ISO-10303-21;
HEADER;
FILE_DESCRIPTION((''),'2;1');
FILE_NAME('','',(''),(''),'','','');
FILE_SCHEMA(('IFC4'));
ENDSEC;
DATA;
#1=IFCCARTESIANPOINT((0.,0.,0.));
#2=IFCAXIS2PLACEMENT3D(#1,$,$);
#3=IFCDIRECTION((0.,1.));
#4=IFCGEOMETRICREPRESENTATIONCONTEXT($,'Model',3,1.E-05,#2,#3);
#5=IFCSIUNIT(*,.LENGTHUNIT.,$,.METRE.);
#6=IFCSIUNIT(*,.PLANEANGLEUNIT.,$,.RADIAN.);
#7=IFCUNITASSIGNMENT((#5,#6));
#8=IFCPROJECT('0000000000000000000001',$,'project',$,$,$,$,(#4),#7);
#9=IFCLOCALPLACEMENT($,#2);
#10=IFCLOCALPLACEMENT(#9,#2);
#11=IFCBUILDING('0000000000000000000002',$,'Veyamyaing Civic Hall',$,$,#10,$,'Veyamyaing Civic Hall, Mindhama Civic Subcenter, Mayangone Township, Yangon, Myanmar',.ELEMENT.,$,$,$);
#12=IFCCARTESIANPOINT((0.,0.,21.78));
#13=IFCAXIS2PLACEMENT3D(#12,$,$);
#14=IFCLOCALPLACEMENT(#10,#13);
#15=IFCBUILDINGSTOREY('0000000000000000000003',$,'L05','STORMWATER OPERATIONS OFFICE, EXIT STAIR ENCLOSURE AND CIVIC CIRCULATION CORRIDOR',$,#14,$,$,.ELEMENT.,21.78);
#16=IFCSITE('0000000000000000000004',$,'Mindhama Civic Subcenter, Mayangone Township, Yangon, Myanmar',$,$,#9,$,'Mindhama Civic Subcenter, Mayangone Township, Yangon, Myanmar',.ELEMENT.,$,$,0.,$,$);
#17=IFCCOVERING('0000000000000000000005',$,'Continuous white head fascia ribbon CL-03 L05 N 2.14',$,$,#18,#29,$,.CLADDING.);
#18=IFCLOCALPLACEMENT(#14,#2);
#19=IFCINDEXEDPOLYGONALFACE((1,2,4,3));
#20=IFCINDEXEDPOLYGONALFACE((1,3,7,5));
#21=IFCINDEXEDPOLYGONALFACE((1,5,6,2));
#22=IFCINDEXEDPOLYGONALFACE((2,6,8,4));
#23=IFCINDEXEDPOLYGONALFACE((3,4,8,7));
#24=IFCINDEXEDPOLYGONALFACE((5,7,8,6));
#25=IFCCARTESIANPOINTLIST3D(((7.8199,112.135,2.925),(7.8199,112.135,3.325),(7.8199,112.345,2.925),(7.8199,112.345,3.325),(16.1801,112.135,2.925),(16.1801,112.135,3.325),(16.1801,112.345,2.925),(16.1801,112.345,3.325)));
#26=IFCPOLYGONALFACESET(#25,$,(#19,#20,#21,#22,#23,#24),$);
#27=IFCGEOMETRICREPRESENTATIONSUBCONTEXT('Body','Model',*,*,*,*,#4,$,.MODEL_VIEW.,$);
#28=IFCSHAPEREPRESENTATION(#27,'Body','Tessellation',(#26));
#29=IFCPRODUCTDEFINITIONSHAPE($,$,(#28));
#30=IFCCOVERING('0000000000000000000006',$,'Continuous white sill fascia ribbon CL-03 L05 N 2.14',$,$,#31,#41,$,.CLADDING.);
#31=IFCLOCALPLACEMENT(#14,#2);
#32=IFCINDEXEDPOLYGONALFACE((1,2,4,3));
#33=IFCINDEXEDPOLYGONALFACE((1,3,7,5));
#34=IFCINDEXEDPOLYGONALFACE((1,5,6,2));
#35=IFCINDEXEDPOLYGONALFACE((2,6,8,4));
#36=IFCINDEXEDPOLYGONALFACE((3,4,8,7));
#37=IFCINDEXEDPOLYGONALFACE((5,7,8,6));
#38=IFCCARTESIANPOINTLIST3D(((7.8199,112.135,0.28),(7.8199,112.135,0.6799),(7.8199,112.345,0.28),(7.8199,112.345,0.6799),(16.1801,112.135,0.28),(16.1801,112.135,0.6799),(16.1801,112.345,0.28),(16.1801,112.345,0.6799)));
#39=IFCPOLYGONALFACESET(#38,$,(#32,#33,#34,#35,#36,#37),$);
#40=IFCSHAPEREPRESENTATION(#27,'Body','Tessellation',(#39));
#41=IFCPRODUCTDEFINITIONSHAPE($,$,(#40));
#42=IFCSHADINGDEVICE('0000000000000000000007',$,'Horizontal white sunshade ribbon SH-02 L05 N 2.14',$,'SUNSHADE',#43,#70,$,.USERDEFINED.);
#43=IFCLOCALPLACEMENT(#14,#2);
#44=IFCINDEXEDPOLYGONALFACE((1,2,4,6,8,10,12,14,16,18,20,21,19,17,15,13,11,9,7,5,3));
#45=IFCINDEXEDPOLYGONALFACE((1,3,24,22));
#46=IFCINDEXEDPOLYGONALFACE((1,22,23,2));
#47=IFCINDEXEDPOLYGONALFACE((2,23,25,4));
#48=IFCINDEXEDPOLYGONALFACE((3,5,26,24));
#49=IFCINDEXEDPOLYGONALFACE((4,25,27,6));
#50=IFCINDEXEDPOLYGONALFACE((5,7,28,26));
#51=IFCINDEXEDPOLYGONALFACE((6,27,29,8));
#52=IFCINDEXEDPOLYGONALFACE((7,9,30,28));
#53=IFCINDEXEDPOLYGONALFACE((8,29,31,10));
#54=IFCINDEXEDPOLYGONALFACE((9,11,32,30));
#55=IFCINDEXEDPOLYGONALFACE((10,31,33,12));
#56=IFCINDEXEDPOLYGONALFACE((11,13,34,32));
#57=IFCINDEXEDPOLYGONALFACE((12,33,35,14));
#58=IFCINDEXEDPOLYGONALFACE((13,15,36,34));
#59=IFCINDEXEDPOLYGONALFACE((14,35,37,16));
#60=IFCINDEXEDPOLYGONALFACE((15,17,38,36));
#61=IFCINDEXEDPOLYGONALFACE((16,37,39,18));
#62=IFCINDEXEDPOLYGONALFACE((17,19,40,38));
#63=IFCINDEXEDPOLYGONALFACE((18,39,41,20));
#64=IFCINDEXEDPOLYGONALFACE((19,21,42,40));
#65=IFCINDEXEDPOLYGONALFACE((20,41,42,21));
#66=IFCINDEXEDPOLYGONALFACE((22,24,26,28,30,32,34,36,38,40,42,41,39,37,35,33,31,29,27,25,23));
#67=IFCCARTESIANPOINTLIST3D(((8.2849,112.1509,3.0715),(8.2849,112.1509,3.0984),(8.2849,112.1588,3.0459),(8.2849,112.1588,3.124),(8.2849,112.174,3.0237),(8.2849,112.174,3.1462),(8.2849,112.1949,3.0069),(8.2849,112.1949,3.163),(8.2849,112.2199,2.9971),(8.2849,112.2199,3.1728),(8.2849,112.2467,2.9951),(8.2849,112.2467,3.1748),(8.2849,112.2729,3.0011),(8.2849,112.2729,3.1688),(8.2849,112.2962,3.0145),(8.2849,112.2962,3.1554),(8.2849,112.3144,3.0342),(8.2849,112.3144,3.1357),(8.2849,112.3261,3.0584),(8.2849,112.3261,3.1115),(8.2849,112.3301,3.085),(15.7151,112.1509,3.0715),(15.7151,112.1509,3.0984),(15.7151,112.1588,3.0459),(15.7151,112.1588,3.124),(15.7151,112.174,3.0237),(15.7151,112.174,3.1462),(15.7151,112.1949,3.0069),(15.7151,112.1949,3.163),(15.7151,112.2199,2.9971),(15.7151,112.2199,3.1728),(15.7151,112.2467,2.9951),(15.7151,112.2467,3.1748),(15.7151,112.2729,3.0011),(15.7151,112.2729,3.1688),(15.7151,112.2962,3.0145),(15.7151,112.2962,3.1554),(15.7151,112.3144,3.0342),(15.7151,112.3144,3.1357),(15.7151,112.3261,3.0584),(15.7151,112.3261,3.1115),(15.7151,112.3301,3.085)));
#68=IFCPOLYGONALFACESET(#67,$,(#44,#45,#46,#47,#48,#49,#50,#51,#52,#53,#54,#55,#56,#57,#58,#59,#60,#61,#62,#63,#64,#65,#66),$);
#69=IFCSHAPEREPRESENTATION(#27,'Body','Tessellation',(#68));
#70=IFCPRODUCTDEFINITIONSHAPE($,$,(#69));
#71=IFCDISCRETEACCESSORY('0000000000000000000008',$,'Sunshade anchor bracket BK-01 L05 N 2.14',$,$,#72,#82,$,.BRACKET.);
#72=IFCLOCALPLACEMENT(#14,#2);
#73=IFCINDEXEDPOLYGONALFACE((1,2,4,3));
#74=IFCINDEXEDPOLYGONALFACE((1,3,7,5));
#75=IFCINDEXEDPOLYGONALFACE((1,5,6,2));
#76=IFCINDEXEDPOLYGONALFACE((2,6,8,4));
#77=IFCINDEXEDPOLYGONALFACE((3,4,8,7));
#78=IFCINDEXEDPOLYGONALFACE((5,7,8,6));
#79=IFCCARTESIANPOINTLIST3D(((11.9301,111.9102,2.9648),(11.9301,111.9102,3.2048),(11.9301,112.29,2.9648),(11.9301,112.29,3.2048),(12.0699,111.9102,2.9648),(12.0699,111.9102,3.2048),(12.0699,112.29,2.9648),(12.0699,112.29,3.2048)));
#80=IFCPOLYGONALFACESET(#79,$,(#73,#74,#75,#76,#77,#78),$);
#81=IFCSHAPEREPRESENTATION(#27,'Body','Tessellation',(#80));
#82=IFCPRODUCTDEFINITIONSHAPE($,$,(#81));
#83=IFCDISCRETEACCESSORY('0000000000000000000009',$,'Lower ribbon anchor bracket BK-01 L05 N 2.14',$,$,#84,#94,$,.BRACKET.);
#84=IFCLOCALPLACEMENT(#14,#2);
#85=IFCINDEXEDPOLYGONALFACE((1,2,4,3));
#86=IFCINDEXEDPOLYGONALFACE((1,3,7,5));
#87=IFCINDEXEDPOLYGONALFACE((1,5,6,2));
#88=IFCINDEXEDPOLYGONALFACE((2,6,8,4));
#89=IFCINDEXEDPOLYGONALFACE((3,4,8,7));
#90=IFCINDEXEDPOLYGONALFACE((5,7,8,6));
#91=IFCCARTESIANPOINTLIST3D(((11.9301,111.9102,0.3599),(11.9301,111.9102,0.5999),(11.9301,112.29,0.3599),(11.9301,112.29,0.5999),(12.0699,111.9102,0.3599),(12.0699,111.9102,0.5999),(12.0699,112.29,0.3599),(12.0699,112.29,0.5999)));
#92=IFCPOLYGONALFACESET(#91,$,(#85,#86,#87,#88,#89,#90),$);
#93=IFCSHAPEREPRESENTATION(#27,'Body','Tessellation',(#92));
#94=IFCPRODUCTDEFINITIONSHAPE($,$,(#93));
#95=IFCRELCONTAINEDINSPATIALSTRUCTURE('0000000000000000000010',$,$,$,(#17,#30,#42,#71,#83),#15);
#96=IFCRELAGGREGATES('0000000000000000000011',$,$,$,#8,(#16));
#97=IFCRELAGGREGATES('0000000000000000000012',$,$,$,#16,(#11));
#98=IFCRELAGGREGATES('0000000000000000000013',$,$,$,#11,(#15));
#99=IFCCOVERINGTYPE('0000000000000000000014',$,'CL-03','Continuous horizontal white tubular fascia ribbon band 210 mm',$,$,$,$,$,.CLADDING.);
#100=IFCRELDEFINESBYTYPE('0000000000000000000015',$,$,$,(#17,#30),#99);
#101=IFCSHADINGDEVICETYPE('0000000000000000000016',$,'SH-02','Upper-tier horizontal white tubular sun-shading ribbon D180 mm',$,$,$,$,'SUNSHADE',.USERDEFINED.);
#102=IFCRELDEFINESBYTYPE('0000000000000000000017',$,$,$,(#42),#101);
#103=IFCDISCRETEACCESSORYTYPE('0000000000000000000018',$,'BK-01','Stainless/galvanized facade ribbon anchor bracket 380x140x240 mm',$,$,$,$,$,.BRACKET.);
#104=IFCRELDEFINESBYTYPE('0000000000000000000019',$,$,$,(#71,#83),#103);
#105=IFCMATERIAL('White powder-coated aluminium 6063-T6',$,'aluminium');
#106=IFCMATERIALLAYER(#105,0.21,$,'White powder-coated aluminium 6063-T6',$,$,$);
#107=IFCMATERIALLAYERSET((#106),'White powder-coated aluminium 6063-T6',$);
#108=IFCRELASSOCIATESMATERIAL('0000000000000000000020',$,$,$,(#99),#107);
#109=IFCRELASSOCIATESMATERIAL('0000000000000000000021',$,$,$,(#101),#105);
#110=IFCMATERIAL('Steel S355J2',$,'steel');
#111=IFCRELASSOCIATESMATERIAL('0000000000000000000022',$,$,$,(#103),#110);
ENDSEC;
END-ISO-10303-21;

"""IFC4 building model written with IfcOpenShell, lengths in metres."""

from ifc_helpers import new_model, si_unit, direction, frame, origin, origin_2d, place, context, subcontext, project, spatial, rectangle, circle, extrude, material, layer, layer_set, material_profile, profile_set, type_object, element, save


model = new_model("IFC4")

# Units and contexts
model_context = context("Model", 3, precision=1e-05, world=origin(), true_north=direction((0.0, 1.0)))
body_context = subcontext(model_context, "Body", "Model", "MODEL_VIEW")
ifc_project = project(units=[si_unit("LENGTHUNIT", "METRE"), si_unit("PLANEANGLEUNIT", "RADIAN")], contexts=[model_context])

# Site, building, storey
site_placement = place(None, origin())
site = spatial("IfcSite", under=ifc_project, at=site_placement, Name="Mindhama Civic Subcenter, Mayangone Township, Yangon, Myanmar", LongName="Mindhama Civic Subcenter, Mayangone Township, Yangon, Myanmar", CompositionType="ELEMENT", RefElevation=0.0)
building_placement = place(site_placement, origin())
building = spatial("IfcBuilding", under=site, at=building_placement, Name="Veyamyaing Civic Hall", LongName="Veyamyaing Civic Hall, Mindhama Civic Subcenter, Mayangone Township, Yangon, Myanmar", CompositionType="ELEMENT")
storey_placement = place(building_placement, frame((0.0, 0.0, 21.78)))
storey = spatial("IfcBuildingStorey", under=building, at=storey_placement, Name="L05", Description="STORMWATER OPERATIONS OFFICE, EXIT STAIR ENCLOSURE AND CIVIC CIRCULATION CORRIDOR", CompositionType="ELEMENT", Elevation=21.78)

# Shared definitions
ifc_material_1 = material(Name="Steel S355J2", Category="steel")

# Coverings
ifc_material_2 = material(Name="White powder-coated aluminium 6063-T6", Category="aluminium")
ifc_layer_1 = layer(ifc_material_2, 0.21, Name="White powder-coated aluminium 6063-T6")
ifc_layer_set_1 = layer_set([ifc_layer_1], Name="White powder-coated aluminium 6063-T6")
covering_type_1 = type_object("IfcCoveringType", Name="CL-03", Description="Continuous horizontal white tubular fascia ribbon band 210 mm", PredefinedType="CLADDING", material=ifc_layer_set_1)
for number, where, z_axis, x_axis, name in (
    (1, (12.0, 112.24, 2.925), (0.0, 0.0, 1.0), (1.0, 0.0, 0.0), "Continuous white head fascia ribbon CL-03 L05 N 2.14"),
    (2, (12.0, 112.24, 0.28), (0.0, 0.0, 1.0), (1.0, 0.0, 0.0), "Continuous white sill fascia ribbon CL-03 L05 N 2.14"),
):
    element("IfcCovering", number, at=place(storey_placement, frame(where, z_axis=z_axis, x_axis=x_axis)), inside=storey, type_object=covering_type_1, Name=name, PredefinedType="CLADDING", context=body_context, shape_type="SweptSolid", body=[
        extrude(rectangle(XDim=8.3601, YDim=0.21, at=origin_2d()), origin(), (0.0, 0.0, 1.0), 0.3999),
    ])

# Shading device
ifc_material_profile_1 = material_profile(ifc_material_2, circle(Radius=0.0901, at=origin_2d()), Name="SHADE-TUBE-180")
ifc_profile_set_1 = profile_set([ifc_material_profile_1], Name="White powder-coated aluminium 6063-T6")
shading_device_type = type_object("IfcShadingDeviceType", Name="SH-02", Description="Upper-tier horizontal white tubular sun-shading ribbon D180 mm", ElementType="SUNSHADE", PredefinedType="USERDEFINED", material=ifc_profile_set_1)
shading_device_placement = place(storey_placement, frame((8.2849, 112.24, 3.085), z_axis=(1.0, 0.0, 0.0), x_axis=(0.0, 1.0, 0.0)))
element("IfcShadingDevice", 3, at=shading_device_placement, inside=storey, type_object=shading_device_type, Name="Horizontal white sunshade ribbon SH-02 L05 N 2.14", ObjectType="SUNSHADE", PredefinedType="USERDEFINED", context=body_context, shape_type="SweptSolid", body=[
    extrude(circle(Radius=0.0901, at=origin_2d()), origin(), (0.0, 0.0, 1.0), 7.4302),
])

# Discrete accessories
discrete_accessory_type = type_object("IfcDiscreteAccessoryType", Name="BK-01", Description="Stainless/galvanized facade ribbon anchor bracket 380x140x240 mm", PredefinedType="BRACKET", material=ifc_material_1)
for number, where, z_axis, x_axis, name in (
    (4, (12.0, 112.1001, 2.9648), (0.0, 0.0, 1.0), (0.0, 1.0, 0.0), "Sunshade anchor bracket BK-01 L05 N 2.14"),
    (5, (12.0, 112.1001, 0.3599), (0.0, 0.0, 1.0), (0.0, 1.0, 0.0), "Lower ribbon anchor bracket BK-01 L05 N 2.14"),
):
    element("IfcDiscreteAccessory", number, at=place(storey_placement, frame(where, z_axis=z_axis, x_axis=x_axis)), inside=storey, type_object=discrete_accessory_type, Name=name, PredefinedType="BRACKET", context=body_context, shape_type="SweptSolid", body=[
        extrude(rectangle(XDim=0.3799, YDim=0.1399, at=origin_2d()), origin(), (0.0, 0.0, 1.0), 0.24),
    ])

save(model, "model.ifc")
